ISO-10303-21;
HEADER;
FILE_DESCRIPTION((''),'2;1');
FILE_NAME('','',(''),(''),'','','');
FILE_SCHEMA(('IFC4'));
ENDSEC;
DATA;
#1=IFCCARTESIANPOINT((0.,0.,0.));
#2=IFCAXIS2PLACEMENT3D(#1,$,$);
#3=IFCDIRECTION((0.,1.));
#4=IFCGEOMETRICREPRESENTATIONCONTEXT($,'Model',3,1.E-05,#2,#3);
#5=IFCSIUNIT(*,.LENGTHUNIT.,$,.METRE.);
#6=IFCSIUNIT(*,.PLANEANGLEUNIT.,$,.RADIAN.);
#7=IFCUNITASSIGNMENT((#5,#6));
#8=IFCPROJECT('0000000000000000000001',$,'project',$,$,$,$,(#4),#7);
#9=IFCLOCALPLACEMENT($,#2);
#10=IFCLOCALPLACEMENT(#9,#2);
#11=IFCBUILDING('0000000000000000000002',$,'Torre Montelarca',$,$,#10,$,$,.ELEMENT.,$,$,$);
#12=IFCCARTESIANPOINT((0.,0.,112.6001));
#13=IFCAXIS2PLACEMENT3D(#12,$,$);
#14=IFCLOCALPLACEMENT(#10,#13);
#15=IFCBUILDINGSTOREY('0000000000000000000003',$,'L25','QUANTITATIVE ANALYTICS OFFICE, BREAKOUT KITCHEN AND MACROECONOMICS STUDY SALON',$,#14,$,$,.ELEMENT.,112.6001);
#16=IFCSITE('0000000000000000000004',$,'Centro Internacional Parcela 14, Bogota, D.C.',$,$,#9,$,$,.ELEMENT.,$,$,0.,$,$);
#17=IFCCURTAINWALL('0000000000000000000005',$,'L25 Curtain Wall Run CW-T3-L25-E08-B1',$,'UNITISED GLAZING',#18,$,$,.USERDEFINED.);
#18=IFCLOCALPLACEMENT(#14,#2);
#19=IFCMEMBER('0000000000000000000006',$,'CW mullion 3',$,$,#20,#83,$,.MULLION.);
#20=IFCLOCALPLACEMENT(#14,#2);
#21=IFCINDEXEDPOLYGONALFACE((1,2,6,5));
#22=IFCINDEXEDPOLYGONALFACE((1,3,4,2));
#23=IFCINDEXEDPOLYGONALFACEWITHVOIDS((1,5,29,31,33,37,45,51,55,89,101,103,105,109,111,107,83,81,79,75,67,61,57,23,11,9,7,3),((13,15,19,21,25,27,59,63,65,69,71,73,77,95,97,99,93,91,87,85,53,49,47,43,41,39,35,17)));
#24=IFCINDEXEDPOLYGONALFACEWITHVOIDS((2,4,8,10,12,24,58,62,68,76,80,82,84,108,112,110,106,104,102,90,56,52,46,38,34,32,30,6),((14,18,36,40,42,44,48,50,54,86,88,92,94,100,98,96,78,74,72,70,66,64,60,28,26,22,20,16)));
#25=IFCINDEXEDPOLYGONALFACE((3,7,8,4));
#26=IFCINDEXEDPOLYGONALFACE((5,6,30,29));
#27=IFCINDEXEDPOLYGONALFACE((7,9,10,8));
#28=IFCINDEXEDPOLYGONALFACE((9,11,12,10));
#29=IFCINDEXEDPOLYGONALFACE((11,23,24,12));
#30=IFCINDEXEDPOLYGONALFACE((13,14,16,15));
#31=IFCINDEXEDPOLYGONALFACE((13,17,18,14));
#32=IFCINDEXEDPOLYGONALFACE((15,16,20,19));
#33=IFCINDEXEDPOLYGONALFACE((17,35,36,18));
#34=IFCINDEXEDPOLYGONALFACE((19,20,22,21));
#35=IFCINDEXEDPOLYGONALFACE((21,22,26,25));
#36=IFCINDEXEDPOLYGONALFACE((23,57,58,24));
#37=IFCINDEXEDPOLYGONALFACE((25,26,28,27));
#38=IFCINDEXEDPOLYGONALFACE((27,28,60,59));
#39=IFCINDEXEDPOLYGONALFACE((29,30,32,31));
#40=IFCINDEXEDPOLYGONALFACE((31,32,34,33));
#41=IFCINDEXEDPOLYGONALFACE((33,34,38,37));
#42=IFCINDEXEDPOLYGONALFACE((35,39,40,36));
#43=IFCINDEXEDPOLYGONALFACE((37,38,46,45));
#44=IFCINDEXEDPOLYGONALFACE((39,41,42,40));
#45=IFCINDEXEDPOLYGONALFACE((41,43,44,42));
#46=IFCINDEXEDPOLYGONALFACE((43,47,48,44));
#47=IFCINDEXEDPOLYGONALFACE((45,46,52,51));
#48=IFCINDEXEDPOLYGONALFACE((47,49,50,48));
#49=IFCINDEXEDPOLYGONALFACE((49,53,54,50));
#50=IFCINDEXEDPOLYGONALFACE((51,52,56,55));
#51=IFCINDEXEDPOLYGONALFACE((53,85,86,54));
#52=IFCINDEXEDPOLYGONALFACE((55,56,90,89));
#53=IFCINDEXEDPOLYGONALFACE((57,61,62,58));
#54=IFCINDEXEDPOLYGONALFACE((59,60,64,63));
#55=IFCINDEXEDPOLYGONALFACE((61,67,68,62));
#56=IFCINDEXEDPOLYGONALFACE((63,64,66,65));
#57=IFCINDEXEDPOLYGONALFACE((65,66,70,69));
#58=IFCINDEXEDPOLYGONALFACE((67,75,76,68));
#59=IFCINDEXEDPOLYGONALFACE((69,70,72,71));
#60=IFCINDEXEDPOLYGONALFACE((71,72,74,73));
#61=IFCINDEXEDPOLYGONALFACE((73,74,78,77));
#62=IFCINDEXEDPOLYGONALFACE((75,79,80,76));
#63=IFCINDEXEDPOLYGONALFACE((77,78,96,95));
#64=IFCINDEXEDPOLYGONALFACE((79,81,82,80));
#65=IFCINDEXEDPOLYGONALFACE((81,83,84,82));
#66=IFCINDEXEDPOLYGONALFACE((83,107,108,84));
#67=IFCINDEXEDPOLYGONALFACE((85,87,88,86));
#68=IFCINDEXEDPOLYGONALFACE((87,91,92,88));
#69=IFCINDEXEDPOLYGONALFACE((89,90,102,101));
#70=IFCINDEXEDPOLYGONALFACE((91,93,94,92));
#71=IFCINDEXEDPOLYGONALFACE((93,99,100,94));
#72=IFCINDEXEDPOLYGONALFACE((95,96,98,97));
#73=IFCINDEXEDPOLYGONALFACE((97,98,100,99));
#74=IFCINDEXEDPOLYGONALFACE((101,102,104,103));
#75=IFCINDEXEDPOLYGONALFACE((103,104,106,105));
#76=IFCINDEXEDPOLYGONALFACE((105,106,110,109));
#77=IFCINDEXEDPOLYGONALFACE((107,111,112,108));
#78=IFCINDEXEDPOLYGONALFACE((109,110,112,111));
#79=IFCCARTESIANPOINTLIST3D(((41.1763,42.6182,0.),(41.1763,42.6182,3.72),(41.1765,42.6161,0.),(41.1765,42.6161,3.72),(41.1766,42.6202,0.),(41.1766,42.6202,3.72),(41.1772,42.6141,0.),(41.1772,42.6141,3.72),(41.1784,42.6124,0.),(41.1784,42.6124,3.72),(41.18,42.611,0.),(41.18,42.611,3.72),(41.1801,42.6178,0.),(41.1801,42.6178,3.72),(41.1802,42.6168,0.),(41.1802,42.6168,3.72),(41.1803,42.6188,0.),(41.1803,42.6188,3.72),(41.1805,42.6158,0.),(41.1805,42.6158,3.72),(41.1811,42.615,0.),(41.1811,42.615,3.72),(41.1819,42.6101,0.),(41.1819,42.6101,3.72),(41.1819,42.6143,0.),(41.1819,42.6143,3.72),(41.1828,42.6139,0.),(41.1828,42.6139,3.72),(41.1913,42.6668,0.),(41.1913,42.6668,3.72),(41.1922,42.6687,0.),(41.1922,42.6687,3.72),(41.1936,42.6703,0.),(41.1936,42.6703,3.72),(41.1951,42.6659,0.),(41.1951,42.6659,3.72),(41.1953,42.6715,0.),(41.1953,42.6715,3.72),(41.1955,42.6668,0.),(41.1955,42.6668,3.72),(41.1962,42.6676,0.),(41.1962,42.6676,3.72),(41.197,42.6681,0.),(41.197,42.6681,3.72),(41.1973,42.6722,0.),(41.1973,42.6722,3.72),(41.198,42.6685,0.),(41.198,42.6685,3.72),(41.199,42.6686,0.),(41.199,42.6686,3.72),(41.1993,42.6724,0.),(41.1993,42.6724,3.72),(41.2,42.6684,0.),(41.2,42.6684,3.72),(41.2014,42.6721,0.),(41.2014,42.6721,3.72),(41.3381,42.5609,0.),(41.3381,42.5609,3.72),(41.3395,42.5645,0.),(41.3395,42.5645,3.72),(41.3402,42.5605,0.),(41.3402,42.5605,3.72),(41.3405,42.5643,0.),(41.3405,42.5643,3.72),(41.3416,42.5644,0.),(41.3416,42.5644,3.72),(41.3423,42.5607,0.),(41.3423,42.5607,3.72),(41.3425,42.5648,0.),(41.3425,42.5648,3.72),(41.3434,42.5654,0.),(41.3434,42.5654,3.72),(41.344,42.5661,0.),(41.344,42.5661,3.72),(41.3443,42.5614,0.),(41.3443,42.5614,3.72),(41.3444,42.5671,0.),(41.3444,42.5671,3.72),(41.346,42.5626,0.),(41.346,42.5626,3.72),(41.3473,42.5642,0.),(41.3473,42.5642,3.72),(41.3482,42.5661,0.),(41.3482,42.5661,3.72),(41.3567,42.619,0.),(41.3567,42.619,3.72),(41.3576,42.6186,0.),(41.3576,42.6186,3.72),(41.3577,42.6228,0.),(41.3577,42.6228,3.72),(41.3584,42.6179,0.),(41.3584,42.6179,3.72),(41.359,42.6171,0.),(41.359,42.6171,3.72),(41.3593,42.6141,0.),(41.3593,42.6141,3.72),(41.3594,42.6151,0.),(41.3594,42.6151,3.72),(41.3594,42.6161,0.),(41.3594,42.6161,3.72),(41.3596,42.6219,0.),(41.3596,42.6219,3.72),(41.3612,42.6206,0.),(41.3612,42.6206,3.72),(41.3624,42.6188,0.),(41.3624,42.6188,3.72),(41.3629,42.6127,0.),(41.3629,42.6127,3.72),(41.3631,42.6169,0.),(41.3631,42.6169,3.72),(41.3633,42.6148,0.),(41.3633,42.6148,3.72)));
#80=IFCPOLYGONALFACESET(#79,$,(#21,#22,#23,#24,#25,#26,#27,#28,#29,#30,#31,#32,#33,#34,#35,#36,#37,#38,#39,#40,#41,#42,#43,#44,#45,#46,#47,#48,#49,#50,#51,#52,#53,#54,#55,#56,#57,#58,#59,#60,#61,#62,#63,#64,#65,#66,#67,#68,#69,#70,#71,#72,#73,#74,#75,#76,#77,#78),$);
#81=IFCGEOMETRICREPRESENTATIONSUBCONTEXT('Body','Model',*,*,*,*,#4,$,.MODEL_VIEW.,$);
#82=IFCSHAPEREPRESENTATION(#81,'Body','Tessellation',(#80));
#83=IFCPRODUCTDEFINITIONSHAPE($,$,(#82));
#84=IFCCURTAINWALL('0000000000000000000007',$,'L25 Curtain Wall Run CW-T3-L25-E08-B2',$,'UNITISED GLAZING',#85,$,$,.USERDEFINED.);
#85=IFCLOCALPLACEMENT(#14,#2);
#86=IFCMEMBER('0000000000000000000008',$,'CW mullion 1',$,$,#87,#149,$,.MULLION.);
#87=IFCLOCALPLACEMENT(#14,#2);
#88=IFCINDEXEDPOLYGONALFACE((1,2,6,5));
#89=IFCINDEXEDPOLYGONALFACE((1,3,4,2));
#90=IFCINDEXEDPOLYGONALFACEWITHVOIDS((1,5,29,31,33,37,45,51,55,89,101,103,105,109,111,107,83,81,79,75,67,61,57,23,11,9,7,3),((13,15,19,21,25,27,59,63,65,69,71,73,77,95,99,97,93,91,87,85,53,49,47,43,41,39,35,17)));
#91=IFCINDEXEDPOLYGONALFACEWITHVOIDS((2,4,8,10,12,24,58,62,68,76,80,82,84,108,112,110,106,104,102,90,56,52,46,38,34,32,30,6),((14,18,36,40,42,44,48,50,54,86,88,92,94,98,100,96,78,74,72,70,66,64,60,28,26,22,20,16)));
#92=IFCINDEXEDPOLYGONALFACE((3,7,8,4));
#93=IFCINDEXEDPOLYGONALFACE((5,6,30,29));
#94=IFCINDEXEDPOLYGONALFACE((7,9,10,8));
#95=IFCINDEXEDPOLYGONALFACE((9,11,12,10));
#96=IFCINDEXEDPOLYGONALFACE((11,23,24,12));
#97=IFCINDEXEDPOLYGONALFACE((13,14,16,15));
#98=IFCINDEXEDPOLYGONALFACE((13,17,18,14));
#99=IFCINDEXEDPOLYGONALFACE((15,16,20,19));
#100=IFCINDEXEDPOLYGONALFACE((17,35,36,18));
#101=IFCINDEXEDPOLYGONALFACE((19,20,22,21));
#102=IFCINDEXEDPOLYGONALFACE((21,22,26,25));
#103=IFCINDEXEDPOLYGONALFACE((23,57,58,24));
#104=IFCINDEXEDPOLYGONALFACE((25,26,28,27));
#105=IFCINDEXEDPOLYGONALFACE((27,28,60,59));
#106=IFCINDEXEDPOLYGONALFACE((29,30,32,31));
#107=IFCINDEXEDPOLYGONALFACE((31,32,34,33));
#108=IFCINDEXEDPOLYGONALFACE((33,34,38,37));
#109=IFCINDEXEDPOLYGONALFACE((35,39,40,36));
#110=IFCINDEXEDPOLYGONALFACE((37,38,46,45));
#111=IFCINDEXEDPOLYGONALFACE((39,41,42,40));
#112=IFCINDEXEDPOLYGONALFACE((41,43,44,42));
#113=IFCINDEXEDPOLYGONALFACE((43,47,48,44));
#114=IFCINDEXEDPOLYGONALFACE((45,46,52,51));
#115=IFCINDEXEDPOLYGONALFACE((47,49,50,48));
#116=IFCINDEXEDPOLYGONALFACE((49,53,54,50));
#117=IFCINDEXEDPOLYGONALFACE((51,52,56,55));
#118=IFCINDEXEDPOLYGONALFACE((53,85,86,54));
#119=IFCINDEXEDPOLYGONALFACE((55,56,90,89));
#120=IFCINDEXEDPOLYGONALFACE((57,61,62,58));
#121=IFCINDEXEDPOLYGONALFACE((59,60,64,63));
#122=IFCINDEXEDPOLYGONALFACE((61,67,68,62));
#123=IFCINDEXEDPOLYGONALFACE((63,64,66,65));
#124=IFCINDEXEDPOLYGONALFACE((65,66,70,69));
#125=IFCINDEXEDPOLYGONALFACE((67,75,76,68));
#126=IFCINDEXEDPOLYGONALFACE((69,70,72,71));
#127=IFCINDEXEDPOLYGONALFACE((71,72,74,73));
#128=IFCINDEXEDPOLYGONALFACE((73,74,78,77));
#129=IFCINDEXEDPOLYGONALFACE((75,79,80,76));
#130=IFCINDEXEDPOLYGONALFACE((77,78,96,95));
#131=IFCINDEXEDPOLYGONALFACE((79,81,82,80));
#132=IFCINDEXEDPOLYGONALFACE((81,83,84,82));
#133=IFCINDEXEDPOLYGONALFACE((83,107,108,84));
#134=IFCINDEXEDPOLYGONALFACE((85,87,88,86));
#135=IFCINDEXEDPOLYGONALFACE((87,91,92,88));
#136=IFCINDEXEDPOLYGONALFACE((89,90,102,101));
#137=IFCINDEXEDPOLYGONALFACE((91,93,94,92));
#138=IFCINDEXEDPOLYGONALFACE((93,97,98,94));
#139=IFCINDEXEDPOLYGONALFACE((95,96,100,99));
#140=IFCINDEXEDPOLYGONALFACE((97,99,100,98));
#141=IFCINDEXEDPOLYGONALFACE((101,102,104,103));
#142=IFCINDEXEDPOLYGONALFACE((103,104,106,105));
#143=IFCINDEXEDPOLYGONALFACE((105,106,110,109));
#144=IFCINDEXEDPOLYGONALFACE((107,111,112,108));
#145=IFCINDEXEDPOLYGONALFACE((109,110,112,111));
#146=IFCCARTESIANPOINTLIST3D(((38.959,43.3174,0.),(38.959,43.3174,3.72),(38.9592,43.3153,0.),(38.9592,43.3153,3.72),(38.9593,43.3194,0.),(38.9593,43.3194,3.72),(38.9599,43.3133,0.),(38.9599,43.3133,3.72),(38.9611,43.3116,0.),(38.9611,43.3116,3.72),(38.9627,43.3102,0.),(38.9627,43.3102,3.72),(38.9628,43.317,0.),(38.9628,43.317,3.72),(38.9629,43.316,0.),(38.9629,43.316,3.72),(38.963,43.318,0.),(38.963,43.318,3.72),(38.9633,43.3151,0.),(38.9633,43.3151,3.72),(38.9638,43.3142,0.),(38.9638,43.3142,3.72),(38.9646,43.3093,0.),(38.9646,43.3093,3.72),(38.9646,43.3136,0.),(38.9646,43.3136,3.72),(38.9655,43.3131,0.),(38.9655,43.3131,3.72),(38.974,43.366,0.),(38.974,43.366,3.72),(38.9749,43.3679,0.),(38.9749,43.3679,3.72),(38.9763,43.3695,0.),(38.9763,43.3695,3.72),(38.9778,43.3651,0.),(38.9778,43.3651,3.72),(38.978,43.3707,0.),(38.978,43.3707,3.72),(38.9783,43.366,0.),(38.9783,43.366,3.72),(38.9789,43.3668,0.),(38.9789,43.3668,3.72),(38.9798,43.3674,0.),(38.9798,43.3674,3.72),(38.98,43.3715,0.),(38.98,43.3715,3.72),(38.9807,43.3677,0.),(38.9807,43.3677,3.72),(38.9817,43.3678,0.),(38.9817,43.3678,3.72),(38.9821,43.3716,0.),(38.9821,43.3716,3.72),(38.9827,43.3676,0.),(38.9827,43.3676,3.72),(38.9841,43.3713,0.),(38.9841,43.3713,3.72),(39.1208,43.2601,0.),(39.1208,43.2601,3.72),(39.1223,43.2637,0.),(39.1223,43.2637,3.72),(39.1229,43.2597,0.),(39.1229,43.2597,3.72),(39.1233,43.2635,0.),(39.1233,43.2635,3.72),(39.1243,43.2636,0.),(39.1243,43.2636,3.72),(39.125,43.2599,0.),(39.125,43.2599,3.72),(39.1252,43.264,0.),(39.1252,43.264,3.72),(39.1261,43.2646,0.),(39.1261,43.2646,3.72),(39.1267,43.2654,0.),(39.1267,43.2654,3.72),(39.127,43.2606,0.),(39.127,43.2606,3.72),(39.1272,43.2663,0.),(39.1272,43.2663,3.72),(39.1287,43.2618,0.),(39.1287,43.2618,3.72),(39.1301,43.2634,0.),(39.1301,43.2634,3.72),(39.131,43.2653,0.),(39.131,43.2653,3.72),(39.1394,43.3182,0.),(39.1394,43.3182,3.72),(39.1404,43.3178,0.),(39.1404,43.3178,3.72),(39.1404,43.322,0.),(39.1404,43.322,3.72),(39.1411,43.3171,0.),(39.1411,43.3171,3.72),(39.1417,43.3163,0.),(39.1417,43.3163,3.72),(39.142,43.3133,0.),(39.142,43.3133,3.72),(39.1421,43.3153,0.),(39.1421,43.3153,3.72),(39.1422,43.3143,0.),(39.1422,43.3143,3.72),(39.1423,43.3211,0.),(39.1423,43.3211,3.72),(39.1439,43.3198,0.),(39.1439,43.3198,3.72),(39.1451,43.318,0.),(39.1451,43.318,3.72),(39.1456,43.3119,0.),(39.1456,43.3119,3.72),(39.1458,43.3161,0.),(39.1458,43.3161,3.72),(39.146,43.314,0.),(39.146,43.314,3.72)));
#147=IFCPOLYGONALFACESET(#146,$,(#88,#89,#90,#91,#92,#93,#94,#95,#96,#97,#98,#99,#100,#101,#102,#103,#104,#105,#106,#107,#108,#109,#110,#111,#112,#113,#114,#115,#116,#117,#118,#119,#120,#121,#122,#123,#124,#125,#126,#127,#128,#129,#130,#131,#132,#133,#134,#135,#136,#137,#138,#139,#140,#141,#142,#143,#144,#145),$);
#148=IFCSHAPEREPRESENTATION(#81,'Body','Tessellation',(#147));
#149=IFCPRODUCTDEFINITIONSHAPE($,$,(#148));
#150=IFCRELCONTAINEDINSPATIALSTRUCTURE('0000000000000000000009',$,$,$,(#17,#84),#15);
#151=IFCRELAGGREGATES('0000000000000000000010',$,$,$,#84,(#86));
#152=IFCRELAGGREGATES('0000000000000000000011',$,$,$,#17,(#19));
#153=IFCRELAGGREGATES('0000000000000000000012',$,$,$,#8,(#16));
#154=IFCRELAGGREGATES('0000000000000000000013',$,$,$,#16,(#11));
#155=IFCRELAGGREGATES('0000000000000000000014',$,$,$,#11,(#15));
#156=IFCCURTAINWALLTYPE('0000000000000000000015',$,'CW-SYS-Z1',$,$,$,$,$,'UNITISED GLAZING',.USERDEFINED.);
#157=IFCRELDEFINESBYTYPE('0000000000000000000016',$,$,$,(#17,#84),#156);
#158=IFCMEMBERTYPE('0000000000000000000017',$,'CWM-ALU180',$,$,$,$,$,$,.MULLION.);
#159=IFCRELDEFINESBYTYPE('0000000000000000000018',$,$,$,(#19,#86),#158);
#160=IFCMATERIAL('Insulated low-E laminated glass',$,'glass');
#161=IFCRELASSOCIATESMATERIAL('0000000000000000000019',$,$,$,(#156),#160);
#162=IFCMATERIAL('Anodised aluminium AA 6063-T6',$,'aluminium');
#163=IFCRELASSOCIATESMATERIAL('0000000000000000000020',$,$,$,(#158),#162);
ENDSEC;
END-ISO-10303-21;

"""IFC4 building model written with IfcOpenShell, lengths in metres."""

from ifc_helpers import new_model, si_unit, direction, frame, origin, origin_2d, place, context, subcontext, project, spatial, hollow_rectangle, extrude, source, transform, mapped, material, material_profile, profile_set, type_object, element, aggregate, save


model = new_model("IFC4")

# Units and contexts
model_context = context("Model", 3, precision=1e-05, world=origin(), true_north=direction((0.0, 1.0)))
body_context = subcontext(model_context, "Body", "Model", "MODEL_VIEW")
ifc_project = project(units=[si_unit("LENGTHUNIT", "METRE"), si_unit("PLANEANGLEUNIT", "RADIAN")], contexts=[model_context])

# Site, building, storey
site_placement = place(None, origin())
site = spatial("IfcSite", under=ifc_project, at=site_placement, Name="Centro Internacional Parcela 14, Bogota, D.C.", CompositionType="ELEMENT", RefElevation=0.0)
building_placement = place(site_placement, origin())
building = spatial("IfcBuilding", under=site, at=building_placement, Name="Torre Montelarca", CompositionType="ELEMENT")
storey_placement = place(building_placement, frame((0.0, 0.0, 112.6001)))
storey = spatial("IfcBuildingStorey", under=building, at=storey_placement, Name="L25", Description="QUANTITATIVE ANALYTICS OFFICE, BREAKOUT KITCHEN AND MACROECONOMICS STUDY SALON", CompositionType="ELEMENT", Elevation=112.6001)

# Curtain wall
ifc_material_1 = material(Name="Insulated low-E laminated glass", Category="glass")
curtain_wall_type = type_object("IfcCurtainWallType", Name="CW-SYS-Z1", ElementType="UNITISED GLAZING", PredefinedType="USERDEFINED", material=ifc_material_1)
ifc_material_2 = material(Name="Anodised aluminium AA 6063-T6", Category="aluminium")
curtain_wall_1_placement = place(storey_placement, origin())
curtain_wall_1 = element("IfcCurtainWall", 1, at=curtain_wall_1_placement, inside=storey, type_object=curtain_wall_type, Name="L25 Curtain Wall Run CW-T3-L25-E08-B1", ObjectType="UNITISED GLAZING", PredefinedType="USERDEFINED")

# Shared definitions
ifc_material_profile_1 = material_profile(ifc_material_2, hollow_rectangle(XDim=0.0649, YDim=0.1799, WallThickness=0.0039, InnerFilletRadius=0.0039, OuterFilletRadius=0.0081, at=origin_2d()), Name="ALU65X180X4", Category="aluminium")
ifc_profile_set_1 = profile_set([ifc_material_profile_1], Name="Anodised aluminium AA 6063-T6")
member_type_1 = type_object("IfcMemberType", Name="CWM-ALU180", PredefinedType="MULLION", material=ifc_profile_set_1)
shared_shape_1 = source(origin(), body_context, "Body", "SweptSolid", [
    extrude(hollow_rectangle(XDim=0.0649, YDim=0.1799, WallThickness=0.0039, InnerFilletRadius=0.0039, OuterFilletRadius=0.0081, at=origin_2d()), origin(), (0.0, 0.0, 1.0), 3.72),
])

# Member
member_1_placement = place(storey_placement, frame((41.2698, 42.6165, 0.0), z_axis=(0.0, 0.0, 1.0), x_axis=(-0.300703, -0.953718, 0.0)))
member_1 = element("IfcMember", 2, at=member_1_placement, type_object=member_type_1, Name="CW mullion 3", PredefinedType="MULLION", context=body_context, shape_type="MappedRepresentation", body=[
    mapped(shared_shape_1, transform((0.0, 0.0, 0.0), scale=1.0)),
])

# Curtain wall, member
curtain_wall_2_placement = place(storey_placement, origin())
curtain_wall_2 = element("IfcCurtainWall", 3, at=curtain_wall_2_placement, inside=storey, type_object=curtain_wall_type, Name="L25 Curtain Wall Run CW-T3-L25-E08-B2", ObjectType="UNITISED GLAZING", PredefinedType="USERDEFINED")
member_2_placement = place(storey_placement, frame((39.0525, 43.3157, 0.0), z_axis=(0.0, 0.0, 1.0), x_axis=(-0.300714, -0.953714, 0.0)))
member_2 = element("IfcMember", 4, at=member_2_placement, type_object=member_type_1, Name="CW mullion 1", PredefinedType="MULLION", context=body_context, shape_type="MappedRepresentation", body=[
    mapped(shared_shape_1, transform((0.0, 0.0, 0.0), scale=1.0)),
])
aggregate(curtain_wall_2, [member_2])

aggregate(curtain_wall_1, [member_1])

save(model, "model.ifc")
